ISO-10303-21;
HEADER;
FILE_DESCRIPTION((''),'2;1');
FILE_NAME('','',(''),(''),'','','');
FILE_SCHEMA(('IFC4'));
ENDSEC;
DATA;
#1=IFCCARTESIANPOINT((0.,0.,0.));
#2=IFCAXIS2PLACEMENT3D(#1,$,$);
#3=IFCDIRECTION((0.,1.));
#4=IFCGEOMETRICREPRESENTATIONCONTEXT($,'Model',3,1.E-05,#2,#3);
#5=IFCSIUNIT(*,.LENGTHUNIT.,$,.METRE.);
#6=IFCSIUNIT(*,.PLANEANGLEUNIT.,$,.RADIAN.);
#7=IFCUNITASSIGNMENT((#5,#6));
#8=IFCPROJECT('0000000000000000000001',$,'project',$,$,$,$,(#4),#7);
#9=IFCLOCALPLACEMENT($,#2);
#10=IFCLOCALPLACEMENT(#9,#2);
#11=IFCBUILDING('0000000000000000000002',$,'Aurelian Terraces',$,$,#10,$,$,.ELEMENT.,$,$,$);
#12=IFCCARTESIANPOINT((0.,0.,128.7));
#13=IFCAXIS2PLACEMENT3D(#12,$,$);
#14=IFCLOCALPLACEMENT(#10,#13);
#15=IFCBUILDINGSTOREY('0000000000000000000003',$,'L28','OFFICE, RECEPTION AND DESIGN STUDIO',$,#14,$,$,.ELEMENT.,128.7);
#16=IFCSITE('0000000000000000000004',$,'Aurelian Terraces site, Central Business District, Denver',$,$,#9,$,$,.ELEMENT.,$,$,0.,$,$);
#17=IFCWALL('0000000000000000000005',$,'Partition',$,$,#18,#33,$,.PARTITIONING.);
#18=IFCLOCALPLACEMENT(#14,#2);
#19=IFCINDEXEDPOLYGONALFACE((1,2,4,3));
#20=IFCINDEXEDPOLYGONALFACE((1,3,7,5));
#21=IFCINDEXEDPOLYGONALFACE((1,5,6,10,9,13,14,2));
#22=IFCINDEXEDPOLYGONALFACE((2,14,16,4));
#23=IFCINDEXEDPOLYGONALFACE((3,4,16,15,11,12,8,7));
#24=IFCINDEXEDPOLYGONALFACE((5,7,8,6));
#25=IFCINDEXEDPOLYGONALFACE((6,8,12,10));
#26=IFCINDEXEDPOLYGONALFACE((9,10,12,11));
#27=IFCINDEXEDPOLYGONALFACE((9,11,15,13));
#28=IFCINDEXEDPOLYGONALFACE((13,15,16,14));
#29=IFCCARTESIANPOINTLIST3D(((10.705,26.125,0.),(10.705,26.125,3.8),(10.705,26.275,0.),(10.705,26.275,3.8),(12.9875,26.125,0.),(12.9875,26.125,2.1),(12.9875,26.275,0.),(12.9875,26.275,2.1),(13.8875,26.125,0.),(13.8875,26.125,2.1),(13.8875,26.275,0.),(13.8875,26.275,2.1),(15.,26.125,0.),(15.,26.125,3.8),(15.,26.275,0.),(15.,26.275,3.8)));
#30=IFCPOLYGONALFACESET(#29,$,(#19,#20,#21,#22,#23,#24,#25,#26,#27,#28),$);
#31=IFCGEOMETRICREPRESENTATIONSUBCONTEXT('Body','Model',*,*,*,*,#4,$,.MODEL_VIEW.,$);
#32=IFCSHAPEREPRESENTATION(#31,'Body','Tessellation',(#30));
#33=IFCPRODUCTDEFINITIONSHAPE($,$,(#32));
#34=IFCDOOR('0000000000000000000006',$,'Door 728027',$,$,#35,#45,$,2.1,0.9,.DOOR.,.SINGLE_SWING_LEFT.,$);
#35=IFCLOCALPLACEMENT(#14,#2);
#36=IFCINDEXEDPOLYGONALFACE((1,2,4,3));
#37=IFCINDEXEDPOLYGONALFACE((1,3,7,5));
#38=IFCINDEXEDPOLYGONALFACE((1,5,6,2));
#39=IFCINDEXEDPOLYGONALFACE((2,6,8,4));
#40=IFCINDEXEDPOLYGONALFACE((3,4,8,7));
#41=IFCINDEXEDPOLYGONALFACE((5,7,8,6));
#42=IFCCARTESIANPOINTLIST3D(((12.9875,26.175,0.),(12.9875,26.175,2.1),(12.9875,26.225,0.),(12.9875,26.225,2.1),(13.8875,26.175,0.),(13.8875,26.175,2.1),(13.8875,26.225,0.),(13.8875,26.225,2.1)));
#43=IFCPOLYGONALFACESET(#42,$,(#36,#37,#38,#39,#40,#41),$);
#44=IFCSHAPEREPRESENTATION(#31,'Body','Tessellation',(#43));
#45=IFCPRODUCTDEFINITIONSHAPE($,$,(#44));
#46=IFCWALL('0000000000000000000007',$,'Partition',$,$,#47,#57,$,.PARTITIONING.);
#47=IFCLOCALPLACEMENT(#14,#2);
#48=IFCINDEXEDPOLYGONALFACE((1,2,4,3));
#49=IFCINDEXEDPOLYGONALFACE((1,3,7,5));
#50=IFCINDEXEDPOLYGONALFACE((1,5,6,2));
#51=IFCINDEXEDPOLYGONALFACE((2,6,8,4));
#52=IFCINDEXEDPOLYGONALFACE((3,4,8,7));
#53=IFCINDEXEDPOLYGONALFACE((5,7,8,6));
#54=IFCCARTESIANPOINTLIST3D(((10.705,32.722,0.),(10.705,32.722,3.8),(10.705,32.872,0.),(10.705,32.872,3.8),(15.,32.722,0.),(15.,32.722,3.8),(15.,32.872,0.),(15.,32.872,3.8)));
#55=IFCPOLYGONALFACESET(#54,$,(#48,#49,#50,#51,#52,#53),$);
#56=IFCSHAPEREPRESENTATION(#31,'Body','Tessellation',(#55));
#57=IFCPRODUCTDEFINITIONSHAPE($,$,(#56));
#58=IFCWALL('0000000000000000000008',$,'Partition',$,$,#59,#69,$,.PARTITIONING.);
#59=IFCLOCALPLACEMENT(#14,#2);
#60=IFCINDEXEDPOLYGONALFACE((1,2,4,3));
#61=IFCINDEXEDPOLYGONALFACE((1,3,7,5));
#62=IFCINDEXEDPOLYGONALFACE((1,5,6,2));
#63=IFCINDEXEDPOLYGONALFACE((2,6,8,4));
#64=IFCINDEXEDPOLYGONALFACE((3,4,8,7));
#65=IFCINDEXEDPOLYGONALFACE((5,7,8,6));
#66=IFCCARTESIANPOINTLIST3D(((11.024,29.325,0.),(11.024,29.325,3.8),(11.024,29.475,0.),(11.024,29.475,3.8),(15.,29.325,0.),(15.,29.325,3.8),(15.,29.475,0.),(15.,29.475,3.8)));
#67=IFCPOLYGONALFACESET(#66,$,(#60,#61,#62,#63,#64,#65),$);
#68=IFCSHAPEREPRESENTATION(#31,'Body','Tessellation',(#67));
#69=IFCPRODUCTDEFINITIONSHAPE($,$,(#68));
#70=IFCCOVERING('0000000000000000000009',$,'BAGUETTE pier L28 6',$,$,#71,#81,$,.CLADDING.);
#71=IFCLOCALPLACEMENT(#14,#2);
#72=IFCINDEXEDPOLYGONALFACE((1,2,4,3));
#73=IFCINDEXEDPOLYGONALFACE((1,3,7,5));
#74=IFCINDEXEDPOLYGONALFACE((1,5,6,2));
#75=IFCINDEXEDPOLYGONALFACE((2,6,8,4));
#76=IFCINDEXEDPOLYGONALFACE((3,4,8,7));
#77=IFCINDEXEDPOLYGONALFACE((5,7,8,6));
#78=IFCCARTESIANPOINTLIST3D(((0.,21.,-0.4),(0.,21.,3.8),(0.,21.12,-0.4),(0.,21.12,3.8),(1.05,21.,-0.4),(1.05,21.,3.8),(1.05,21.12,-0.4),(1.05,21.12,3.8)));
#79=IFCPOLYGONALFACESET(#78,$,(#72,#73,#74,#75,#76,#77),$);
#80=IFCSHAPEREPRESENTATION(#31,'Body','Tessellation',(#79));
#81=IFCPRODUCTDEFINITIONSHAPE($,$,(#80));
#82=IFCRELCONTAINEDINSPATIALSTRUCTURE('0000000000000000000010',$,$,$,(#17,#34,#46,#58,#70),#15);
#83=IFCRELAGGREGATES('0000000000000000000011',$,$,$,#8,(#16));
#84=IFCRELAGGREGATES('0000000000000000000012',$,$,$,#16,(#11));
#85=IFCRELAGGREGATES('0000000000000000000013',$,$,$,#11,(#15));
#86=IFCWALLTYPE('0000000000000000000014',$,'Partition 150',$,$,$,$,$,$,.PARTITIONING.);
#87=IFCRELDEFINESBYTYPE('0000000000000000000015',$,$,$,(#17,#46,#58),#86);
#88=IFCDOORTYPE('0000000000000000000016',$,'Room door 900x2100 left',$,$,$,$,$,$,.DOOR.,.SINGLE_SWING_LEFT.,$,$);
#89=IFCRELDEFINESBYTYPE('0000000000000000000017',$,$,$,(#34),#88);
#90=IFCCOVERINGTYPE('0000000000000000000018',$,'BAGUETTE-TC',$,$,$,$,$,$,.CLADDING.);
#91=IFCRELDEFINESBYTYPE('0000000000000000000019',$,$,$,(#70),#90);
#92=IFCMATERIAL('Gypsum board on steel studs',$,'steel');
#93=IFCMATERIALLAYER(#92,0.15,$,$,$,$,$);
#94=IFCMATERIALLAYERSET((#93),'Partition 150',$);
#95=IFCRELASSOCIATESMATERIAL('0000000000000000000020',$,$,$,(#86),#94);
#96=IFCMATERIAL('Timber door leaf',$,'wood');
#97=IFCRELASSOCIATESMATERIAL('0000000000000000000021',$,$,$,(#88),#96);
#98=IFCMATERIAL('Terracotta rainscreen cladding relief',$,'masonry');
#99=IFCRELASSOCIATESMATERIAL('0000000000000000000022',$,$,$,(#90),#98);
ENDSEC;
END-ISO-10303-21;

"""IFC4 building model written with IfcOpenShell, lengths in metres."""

from ifc_helpers import new_model, si_unit, direction, frame, frame_2d, origin, origin_2d, place, context, subcontext, project, spatial, rectangle, extrude, source, transform, mapped, material, layer, layer_set, type_object, element, fill, save


model = new_model("IFC4")

# Units and contexts
model_context = context("Model", 3, precision=1e-05, world=origin(), true_north=direction((0.0, 1.0)))
body_context = subcontext(model_context, "Body", "Model", "MODEL_VIEW")
ifc_project = project(units=[si_unit("LENGTHUNIT", "METRE"), si_unit("PLANEANGLEUNIT", "RADIAN")], contexts=[model_context])

# Site, building, storey
site_placement = place(None, origin())
site = spatial("IfcSite", under=ifc_project, at=site_placement, Name="Aurelian Terraces site, Central Business District, Denver", CompositionType="ELEMENT", RefElevation=0.0)
building_placement = place(site_placement, origin())
building = spatial("IfcBuilding", under=site, at=building_placement, Name="Aurelian Terraces", CompositionType="ELEMENT")
storey_placement = place(building_placement, frame((0.0, 0.0, 128.7)))
storey = spatial("IfcBuildingStorey", under=building, at=storey_placement, Name="L28", Description="OFFICE, RECEPTION AND DESIGN STUDIO", CompositionType="ELEMENT", Elevation=128.7)

# Shared definitions
ifc_material_1 = material(Name="Gypsum board on steel studs", Category="steel")
shared_shape_1 = source(origin(), body_context, "Body", "SweptSolid", [
    extrude(rectangle(XDim=0.9, YDim=2.1, at=frame_2d((0.45, 1.05))), frame((0.0, 0.025, 0.0), z_axis=(0.0, -1.0, 0.0), x_axis=(1.0, 0.0, 0.0)), (0.0, 0.0, 1.0), 0.05),
])

# Wall, opening, door
ifc_layer_1 = layer(ifc_material_1, 0.15)
ifc_layer_set_1 = layer_set([ifc_layer_1], Name="Partition 150")
wall_type_1 = type_object("IfcWallType", Name="Partition 150", PredefinedType="PARTITIONING", material=ifc_layer_set_1)
shared_shape_2 = source(origin(), body_context, "Body", "SweptSolid", [
    extrude(rectangle(XDim=4.295, YDim=0.15, at=frame_2d((2.1475, 0.0))), origin(), (0.0, 0.0, 1.0), 3.8),
])
wall_1_placement = place(storey_placement, frame((10.705, 26.2, 0.0), z_axis=(0.0, 0.0, 1.0), x_axis=(1.0, 0.0, 0.0)))
wall_1 = element("IfcWall", 1, at=wall_1_placement, inside=storey, type_object=wall_type_1, Name="Partition", PredefinedType="PARTITIONING", context=body_context, shape_type="MappedRepresentation", body=[
    mapped(shared_shape_2, transform((0.0, 0.0, 0.0), scale=1.0)),
])
shared_shape_3 = source(origin(), body_context, "Body", "SweptSolid", [
    extrude(rectangle(XDim=0.9, YDim=2.1, at=frame_2d((0.45, 1.05))), frame((0.0, 0.085, 0.0), z_axis=(0.0, -1.0, 0.0), x_axis=(1.0, 0.0, 0.0)), (0.0, 0.0, 1.0), 0.17),
])
opening_1_placement = place(wall_1_placement, frame((2.2825, 0.0, 0.0)))
opening_1 = element("IfcOpeningElement", 2, at=opening_1_placement, cuts=wall_1, PredefinedType="OPENING", context=body_context, shape_type="MappedRepresentation", body=[
    mapped(shared_shape_3, transform((0.0, 0.0, 0.0), scale=1.0)),
])
ifc_material_2 = material(Name="Timber door leaf", Category="wood")
door_type_1 = type_object("IfcDoorType", Name="Room door 900x2100 left", OperationType="SINGLE_SWING_LEFT", PredefinedType="DOOR", material=ifc_material_2)
door_1_placement = place(opening_1_placement, origin())
door_1 = element("IfcDoor", 3, at=door_1_placement, inside=storey, type_object=door_type_1, Name="Door 728027", OperationType="SINGLE_SWING_LEFT", OverallHeight=2.1, OverallWidth=0.9, PredefinedType="DOOR", context=body_context, shape_type="MappedRepresentation", body=[
    mapped(shared_shape_1, transform((0.0, 0.0, 0.0), scale=1.0)),
])
fill(opening_1, door_1)

# Walls
wall_2_placement = place(storey_placement, frame((15.0, 32.797, 0.0), z_axis=(0.0, 0.0, 1.0), x_axis=(-1.0, 0.0, 0.0)))
element("IfcWall", 4, at=wall_2_placement, inside=storey, type_object=wall_type_1, Name="Partition", PredefinedType="PARTITIONING", context=body_context, shape_type="MappedRepresentation", body=[
    mapped(shared_shape_2, transform((0.0, 0.0, 0.0), scale=1.0)),
])
shared_shape_4 = source(origin(), body_context, "Body", "SweptSolid", [
    extrude(rectangle(XDim=3.976, YDim=0.15, at=frame_2d((1.988, 0.0))), origin(), (0.0, 0.0, 1.0), 3.8),
])
wall_3_placement = place(storey_placement, frame((15.0, 29.4, 0.0), z_axis=(0.0, 0.0, 1.0), x_axis=(-1.0, 0.0, 0.0)))
element("IfcWall", 5, at=wall_3_placement, inside=storey, type_object=wall_type_1, Name="Partition", PredefinedType="PARTITIONING", context=body_context, shape_type="MappedRepresentation", body=[
    mapped(shared_shape_4, transform((0.0, 0.0, 0.0), scale=1.0)),
])

# Covering
ifc_material_3 = material(Name="Terracotta rainscreen cladding relief", Category="masonry")
covering_type = type_object("IfcCoveringType", Name="BAGUETTE-TC", PredefinedType="CLADDING", material=ifc_material_3)
shared_shape_5 = source(origin(), body_context, "Body", "SweptSolid", [
    extrude(rectangle(XDim=1.05, YDim=0.12, at=origin_2d()), origin(), (0.0, 0.0, 1.0), 4.2),
])
covering_placement = place(storey_placement, frame((0.525, 21.06, -0.4), z_axis=(0.0, 0.0, 1.0), x_axis=(1.0, 0.0, 0.0)))
element("IfcCovering", 6, at=covering_placement, inside=storey, type_object=covering_type, Name="BAGUETTE pier L28 6", PredefinedType="CLADDING", context=body_context, shape_type="MappedRepresentation", body=[
    mapped(shared_shape_5, transform((0.0, 0.0, 0.0), scale=1.0)),
])

save(model, "model.ifc")
